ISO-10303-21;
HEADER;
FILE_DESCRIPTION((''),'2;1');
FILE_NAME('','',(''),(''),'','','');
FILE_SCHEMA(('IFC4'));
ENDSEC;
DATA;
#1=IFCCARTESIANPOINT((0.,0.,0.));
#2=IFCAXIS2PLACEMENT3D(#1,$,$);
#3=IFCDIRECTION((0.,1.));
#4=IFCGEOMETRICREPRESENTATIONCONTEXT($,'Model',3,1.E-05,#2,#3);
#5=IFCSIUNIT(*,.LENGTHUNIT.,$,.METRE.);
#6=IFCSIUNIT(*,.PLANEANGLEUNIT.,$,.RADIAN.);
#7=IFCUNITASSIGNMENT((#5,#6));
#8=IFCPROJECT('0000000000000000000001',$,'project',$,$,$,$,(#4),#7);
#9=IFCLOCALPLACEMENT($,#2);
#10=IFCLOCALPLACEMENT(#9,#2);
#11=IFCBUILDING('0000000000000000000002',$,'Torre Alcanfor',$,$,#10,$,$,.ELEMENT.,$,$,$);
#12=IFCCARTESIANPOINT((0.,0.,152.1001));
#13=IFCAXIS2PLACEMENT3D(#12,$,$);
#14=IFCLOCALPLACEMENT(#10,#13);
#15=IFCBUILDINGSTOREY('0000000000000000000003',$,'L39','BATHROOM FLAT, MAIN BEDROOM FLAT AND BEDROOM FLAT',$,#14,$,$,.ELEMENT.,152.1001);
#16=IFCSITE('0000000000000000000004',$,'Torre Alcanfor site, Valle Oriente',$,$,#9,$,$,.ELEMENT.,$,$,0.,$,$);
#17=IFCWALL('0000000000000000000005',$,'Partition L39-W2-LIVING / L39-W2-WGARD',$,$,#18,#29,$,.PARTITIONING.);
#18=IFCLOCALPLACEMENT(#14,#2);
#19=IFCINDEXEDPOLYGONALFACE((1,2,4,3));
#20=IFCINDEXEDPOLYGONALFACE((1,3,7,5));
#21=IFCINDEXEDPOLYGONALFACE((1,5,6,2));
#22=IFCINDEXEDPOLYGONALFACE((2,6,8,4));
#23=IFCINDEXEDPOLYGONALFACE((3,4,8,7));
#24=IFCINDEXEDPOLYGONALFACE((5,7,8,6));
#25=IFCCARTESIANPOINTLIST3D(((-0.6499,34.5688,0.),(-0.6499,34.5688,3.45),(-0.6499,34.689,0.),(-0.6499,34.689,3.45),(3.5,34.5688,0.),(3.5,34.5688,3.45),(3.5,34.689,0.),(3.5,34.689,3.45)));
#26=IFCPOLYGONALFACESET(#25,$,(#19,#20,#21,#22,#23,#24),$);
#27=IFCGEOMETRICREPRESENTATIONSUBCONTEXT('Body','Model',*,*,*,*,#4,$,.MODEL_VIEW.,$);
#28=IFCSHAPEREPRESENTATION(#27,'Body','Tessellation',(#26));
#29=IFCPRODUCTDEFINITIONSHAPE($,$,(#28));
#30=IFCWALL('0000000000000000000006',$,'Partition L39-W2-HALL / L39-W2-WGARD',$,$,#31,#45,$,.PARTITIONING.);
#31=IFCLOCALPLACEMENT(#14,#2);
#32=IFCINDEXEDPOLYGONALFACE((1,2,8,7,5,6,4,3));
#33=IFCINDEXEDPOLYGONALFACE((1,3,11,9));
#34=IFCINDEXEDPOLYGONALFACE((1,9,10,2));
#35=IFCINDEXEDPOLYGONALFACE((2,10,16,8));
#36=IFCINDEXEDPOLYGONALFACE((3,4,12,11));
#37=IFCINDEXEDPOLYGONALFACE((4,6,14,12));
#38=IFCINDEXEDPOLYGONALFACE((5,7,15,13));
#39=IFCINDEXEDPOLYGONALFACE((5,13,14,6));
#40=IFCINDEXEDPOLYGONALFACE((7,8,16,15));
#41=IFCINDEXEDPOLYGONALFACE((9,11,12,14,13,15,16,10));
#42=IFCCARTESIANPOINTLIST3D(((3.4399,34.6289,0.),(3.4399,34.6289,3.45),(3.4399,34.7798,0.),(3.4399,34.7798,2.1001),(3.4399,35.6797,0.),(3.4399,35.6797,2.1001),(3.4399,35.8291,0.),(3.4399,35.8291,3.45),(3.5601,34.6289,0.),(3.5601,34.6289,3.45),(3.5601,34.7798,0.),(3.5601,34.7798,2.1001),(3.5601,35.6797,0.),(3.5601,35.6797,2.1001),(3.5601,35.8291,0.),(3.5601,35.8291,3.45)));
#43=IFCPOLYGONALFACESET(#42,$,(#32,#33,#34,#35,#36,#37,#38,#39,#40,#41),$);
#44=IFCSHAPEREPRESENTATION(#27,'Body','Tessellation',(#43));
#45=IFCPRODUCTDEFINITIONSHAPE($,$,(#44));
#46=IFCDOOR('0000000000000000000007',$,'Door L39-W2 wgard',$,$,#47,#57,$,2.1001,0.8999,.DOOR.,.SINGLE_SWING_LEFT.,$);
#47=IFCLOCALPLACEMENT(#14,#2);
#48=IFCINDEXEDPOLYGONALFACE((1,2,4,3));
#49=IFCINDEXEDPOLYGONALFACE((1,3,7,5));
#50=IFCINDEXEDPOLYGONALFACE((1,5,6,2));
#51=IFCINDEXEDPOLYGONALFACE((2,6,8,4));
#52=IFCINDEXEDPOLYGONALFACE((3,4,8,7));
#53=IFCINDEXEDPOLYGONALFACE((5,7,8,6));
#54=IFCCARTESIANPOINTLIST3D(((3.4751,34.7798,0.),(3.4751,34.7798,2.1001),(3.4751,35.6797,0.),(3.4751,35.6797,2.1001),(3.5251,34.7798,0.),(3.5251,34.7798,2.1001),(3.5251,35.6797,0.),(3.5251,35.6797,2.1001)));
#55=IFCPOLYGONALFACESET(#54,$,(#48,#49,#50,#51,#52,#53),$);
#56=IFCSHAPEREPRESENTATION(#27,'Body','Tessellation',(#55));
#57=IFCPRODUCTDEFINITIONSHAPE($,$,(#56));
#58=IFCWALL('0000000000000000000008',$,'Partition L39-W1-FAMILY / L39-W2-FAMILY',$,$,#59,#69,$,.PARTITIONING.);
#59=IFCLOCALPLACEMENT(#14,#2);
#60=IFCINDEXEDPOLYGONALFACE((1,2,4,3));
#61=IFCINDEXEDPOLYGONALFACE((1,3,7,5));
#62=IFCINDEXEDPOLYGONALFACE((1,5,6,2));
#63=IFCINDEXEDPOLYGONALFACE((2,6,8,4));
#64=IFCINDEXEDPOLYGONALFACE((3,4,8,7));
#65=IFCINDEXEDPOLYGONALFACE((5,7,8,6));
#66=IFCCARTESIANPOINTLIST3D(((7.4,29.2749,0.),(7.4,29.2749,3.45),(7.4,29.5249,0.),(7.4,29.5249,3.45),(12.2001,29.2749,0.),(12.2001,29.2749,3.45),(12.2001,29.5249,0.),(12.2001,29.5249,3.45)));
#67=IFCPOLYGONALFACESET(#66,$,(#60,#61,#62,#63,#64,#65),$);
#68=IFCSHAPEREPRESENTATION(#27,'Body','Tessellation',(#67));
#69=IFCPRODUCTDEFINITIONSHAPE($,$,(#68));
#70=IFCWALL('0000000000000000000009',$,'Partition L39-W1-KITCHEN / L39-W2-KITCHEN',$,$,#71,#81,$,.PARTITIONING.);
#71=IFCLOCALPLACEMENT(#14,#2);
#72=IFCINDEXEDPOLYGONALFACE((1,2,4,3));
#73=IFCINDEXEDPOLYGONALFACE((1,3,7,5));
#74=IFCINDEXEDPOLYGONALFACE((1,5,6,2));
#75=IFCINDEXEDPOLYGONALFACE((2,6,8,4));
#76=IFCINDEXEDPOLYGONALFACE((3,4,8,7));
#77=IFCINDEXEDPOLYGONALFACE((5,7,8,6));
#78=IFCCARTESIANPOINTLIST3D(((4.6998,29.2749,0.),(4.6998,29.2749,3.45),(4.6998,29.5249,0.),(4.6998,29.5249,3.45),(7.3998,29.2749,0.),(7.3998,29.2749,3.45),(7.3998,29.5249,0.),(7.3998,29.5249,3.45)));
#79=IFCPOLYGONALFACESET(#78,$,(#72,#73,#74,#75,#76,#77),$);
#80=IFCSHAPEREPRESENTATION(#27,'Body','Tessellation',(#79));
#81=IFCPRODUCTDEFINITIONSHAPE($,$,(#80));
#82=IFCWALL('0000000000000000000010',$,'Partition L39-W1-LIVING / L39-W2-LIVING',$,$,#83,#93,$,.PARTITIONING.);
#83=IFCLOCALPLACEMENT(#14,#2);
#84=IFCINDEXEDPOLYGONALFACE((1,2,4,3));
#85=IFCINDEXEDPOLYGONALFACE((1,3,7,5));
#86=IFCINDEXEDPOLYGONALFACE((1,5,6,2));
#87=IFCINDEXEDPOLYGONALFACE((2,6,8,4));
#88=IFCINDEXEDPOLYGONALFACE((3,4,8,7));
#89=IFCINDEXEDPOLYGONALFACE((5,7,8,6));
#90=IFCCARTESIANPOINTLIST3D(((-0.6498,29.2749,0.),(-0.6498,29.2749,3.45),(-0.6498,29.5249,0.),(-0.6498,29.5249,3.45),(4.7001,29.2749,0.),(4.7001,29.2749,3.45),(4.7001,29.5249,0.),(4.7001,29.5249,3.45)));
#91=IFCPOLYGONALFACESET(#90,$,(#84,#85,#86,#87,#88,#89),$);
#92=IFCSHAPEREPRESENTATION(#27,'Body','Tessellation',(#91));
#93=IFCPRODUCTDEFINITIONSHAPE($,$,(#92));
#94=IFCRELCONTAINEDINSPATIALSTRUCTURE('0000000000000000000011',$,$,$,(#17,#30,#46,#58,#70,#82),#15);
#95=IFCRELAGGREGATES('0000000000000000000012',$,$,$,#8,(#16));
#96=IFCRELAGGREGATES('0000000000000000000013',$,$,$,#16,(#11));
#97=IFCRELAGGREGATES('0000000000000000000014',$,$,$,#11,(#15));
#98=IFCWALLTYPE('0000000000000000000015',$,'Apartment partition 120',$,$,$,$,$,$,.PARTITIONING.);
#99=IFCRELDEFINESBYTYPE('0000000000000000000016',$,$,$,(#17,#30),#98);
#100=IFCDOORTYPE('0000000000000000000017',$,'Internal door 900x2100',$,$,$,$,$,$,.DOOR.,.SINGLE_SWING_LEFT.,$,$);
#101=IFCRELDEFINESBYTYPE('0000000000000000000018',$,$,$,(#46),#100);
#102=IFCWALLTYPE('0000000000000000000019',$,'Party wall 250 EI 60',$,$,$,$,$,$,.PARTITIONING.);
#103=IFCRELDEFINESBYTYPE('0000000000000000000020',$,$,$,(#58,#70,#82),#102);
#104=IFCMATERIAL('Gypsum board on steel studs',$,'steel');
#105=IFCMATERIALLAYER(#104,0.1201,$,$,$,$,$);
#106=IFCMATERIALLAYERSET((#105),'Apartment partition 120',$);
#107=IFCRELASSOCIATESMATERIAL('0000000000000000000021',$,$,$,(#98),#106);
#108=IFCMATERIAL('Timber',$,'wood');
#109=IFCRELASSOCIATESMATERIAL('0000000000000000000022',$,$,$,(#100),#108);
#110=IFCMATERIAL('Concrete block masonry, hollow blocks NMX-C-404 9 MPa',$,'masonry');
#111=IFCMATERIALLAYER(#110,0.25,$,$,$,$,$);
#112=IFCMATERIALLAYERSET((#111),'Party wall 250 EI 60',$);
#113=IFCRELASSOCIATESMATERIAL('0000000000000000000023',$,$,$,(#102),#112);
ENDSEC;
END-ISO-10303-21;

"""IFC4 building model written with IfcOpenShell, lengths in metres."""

from ifc_helpers import new_model, si_unit, direction, frame, frame_2d, origin, place, context, subcontext, project, spatial, rectangle, extrude, material, layer, layer_set, type_object, element, fill, save


model = new_model("IFC4")

# Units and contexts
model_context = context("Model", 3, precision=1e-05, world=origin(), true_north=direction((0.0, 1.0)))
body_context = subcontext(model_context, "Body", "Model", "MODEL_VIEW")
ifc_project = project(units=[si_unit("LENGTHUNIT", "METRE"), si_unit("PLANEANGLEUNIT", "RADIAN")], contexts=[model_context])

# Site, building, storey
site_placement = place(None, origin())
site = spatial("IfcSite", under=ifc_project, at=site_placement, Name="Torre Alcanfor site, Valle Oriente", CompositionType="ELEMENT", RefElevation=0.0)
building_placement = place(site_placement, origin())
building = spatial("IfcBuilding", under=site, at=building_placement, Name="Torre Alcanfor", CompositionType="ELEMENT")
storey_placement = place(building_placement, frame((0.0, 0.0, 152.1001)))
storey = spatial("IfcBuildingStorey", under=building, at=storey_placement, Name="L39", Description="BATHROOM FLAT, MAIN BEDROOM FLAT AND BEDROOM FLAT", CompositionType="ELEMENT", Elevation=152.1001)

# Shared definitions
ifc_material_1 = material(Name="Gypsum board on steel studs", Category="steel")
ifc_layer_1 = layer(ifc_material_1, 0.1201)
ifc_layer_set_1 = layer_set([ifc_layer_1], Name="Apartment partition 120")
wall_type_1 = type_object("IfcWallType", Name="Apartment partition 120", PredefinedType="PARTITIONING", material=ifc_layer_set_1)

# Shared definitions
ifc_material_2 = material(Name="Timber", Category="wood")
door_type_1 = type_object("IfcDoorType", Name="Internal door 900x2100", OperationType="SINGLE_SWING_LEFT", PredefinedType="DOOR", material=ifc_material_2)

# Wall
wall_1_placement = place(storey_placement, frame((-0.6499, 34.6289, 0.0), z_axis=(0.0, 0.0, 1.0), x_axis=(1.0, 0.0, 0.0)))
element("IfcWall", 1, at=wall_1_placement, inside=storey, type_object=wall_type_1, Name="Partition L39-W2-LIVING / L39-W2-WGARD", PredefinedType="PARTITIONING", context=body_context, shape_type="SweptSolid", body=[
    extrude(rectangle(XDim=4.1499, YDim=0.1201, at=frame_2d((2.075, 0.0))), origin(), (0.0, 0.0, 1.0), 3.45),
])

# Wall, opening, door
wall_2_placement = place(storey_placement, frame((3.5, 34.6289, 0.0), z_axis=(0.0, 0.0, 1.0), x_axis=(0.0, 1.0, 0.0)))
wall_2 = element("IfcWall", 2, at=wall_2_placement, inside=storey, type_object=wall_type_1, Name="Partition L39-W2-HALL / L39-W2-WGARD", PredefinedType="PARTITIONING", context=body_context, shape_type="SweptSolid", body=[
    extrude(rectangle(XDim=1.2002, YDim=0.1201, at=frame_2d((0.6001, 0.0))), origin(), (0.0, 0.0, 1.0), 3.45),
])
opening_1_placement = place(wall_2_placement, frame((0.1509, 0.0, 0.0)))
opening_1 = element("IfcOpeningElement", 3, at=opening_1_placement, cuts=wall_2, PredefinedType="OPENING", context=body_context, shape_type="SweptSolid", body=[
    extrude(rectangle(XDim=0.8999, YDim=2.1001, at=frame_2d((0.45, 1.05))), frame((0.0, 0.0701, 0.0), z_axis=(0.0, -1.0, 0.0), x_axis=(1.0, 0.0, 0.0)), (0.0, 0.0, 1.0), 0.1401),
])
door_1_placement = place(opening_1_placement, origin())
door_1 = element("IfcDoor", 4, at=door_1_placement, inside=storey, type_object=door_type_1, Name="Door L39-W2 wgard", OperationType="SINGLE_SWING_LEFT", OverallHeight=2.1001, OverallWidth=0.8999, PredefinedType="DOOR", context=body_context, shape_type="SweptSolid", body=[
    extrude(rectangle(XDim=0.8999, YDim=2.1001, at=frame_2d((0.45, 1.05))), frame((0.0, 0.0249, 0.0), z_axis=(0.0, -1.0, 0.0), x_axis=(1.0, 0.0, 0.0)), (0.0, 0.0, 1.0), 0.05),
])
fill(opening_1, door_1)

# Walls
ifc_material_3 = material(Name="Concrete block masonry, hollow blocks NMX-C-404 9 MPa", Category="masonry")
ifc_layer_2 = layer(ifc_material_3, 0.25)
ifc_layer_set_2 = layer_set([ifc_layer_2], Name="Party wall 250 EI 60")
wall_type_2 = type_object("IfcWallType", Name="Party wall 250 EI 60", PredefinedType="PARTITIONING", material=ifc_layer_set_2)
wall_3_placement = place(storey_placement, frame((12.2, 29.3999, 0.0), z_axis=(0.0, 0.0, 1.0), x_axis=(-1.0, 0.0, 0.0)))
element("IfcWall", 5, at=wall_3_placement, inside=storey, type_object=wall_type_2, Name="Partition L39-W1-FAMILY / L39-W2-FAMILY", PredefinedType="PARTITIONING", context=body_context, shape_type="SweptSolid", body=[
    extrude(rectangle(XDim=4.8, YDim=0.25, at=frame_2d((2.3999, 0.0))), origin(), (0.0, 0.0, 1.0), 3.45),
])
wall_4_placement = place(storey_placement, frame((7.3999, 29.3999, 0.0), z_axis=(0.0, 0.0, 1.0), x_axis=(-1.0, 0.0, 0.0)))
element("IfcWall", 6, at=wall_4_placement, inside=storey, type_object=wall_type_2, Name="Partition L39-W1-KITCHEN / L39-W2-KITCHEN", PredefinedType="PARTITIONING", context=body_context, shape_type="SweptSolid", body=[
    extrude(rectangle(XDim=2.7, YDim=0.25, at=frame_2d((1.3501, 0.0))), origin(), (0.0, 0.0, 1.0), 3.45),
])
wall_5_placement = place(storey_placement, frame((4.7, 29.3999, 0.0), z_axis=(0.0, 0.0, 1.0), x_axis=(-1.0, 0.0, 0.0)))
element("IfcWall", 7, at=wall_5_placement, inside=storey, type_object=wall_type_2, Name="Partition L39-W1-LIVING / L39-W2-LIVING", PredefinedType="PARTITIONING", context=body_context, shape_type="SweptSolid", body=[
    extrude(rectangle(XDim=5.3499, YDim=0.25, at=frame_2d((2.6748, 0.0))), origin(), (0.0, 0.0, 1.0), 3.45),
])

save(model, "model.ifc")
